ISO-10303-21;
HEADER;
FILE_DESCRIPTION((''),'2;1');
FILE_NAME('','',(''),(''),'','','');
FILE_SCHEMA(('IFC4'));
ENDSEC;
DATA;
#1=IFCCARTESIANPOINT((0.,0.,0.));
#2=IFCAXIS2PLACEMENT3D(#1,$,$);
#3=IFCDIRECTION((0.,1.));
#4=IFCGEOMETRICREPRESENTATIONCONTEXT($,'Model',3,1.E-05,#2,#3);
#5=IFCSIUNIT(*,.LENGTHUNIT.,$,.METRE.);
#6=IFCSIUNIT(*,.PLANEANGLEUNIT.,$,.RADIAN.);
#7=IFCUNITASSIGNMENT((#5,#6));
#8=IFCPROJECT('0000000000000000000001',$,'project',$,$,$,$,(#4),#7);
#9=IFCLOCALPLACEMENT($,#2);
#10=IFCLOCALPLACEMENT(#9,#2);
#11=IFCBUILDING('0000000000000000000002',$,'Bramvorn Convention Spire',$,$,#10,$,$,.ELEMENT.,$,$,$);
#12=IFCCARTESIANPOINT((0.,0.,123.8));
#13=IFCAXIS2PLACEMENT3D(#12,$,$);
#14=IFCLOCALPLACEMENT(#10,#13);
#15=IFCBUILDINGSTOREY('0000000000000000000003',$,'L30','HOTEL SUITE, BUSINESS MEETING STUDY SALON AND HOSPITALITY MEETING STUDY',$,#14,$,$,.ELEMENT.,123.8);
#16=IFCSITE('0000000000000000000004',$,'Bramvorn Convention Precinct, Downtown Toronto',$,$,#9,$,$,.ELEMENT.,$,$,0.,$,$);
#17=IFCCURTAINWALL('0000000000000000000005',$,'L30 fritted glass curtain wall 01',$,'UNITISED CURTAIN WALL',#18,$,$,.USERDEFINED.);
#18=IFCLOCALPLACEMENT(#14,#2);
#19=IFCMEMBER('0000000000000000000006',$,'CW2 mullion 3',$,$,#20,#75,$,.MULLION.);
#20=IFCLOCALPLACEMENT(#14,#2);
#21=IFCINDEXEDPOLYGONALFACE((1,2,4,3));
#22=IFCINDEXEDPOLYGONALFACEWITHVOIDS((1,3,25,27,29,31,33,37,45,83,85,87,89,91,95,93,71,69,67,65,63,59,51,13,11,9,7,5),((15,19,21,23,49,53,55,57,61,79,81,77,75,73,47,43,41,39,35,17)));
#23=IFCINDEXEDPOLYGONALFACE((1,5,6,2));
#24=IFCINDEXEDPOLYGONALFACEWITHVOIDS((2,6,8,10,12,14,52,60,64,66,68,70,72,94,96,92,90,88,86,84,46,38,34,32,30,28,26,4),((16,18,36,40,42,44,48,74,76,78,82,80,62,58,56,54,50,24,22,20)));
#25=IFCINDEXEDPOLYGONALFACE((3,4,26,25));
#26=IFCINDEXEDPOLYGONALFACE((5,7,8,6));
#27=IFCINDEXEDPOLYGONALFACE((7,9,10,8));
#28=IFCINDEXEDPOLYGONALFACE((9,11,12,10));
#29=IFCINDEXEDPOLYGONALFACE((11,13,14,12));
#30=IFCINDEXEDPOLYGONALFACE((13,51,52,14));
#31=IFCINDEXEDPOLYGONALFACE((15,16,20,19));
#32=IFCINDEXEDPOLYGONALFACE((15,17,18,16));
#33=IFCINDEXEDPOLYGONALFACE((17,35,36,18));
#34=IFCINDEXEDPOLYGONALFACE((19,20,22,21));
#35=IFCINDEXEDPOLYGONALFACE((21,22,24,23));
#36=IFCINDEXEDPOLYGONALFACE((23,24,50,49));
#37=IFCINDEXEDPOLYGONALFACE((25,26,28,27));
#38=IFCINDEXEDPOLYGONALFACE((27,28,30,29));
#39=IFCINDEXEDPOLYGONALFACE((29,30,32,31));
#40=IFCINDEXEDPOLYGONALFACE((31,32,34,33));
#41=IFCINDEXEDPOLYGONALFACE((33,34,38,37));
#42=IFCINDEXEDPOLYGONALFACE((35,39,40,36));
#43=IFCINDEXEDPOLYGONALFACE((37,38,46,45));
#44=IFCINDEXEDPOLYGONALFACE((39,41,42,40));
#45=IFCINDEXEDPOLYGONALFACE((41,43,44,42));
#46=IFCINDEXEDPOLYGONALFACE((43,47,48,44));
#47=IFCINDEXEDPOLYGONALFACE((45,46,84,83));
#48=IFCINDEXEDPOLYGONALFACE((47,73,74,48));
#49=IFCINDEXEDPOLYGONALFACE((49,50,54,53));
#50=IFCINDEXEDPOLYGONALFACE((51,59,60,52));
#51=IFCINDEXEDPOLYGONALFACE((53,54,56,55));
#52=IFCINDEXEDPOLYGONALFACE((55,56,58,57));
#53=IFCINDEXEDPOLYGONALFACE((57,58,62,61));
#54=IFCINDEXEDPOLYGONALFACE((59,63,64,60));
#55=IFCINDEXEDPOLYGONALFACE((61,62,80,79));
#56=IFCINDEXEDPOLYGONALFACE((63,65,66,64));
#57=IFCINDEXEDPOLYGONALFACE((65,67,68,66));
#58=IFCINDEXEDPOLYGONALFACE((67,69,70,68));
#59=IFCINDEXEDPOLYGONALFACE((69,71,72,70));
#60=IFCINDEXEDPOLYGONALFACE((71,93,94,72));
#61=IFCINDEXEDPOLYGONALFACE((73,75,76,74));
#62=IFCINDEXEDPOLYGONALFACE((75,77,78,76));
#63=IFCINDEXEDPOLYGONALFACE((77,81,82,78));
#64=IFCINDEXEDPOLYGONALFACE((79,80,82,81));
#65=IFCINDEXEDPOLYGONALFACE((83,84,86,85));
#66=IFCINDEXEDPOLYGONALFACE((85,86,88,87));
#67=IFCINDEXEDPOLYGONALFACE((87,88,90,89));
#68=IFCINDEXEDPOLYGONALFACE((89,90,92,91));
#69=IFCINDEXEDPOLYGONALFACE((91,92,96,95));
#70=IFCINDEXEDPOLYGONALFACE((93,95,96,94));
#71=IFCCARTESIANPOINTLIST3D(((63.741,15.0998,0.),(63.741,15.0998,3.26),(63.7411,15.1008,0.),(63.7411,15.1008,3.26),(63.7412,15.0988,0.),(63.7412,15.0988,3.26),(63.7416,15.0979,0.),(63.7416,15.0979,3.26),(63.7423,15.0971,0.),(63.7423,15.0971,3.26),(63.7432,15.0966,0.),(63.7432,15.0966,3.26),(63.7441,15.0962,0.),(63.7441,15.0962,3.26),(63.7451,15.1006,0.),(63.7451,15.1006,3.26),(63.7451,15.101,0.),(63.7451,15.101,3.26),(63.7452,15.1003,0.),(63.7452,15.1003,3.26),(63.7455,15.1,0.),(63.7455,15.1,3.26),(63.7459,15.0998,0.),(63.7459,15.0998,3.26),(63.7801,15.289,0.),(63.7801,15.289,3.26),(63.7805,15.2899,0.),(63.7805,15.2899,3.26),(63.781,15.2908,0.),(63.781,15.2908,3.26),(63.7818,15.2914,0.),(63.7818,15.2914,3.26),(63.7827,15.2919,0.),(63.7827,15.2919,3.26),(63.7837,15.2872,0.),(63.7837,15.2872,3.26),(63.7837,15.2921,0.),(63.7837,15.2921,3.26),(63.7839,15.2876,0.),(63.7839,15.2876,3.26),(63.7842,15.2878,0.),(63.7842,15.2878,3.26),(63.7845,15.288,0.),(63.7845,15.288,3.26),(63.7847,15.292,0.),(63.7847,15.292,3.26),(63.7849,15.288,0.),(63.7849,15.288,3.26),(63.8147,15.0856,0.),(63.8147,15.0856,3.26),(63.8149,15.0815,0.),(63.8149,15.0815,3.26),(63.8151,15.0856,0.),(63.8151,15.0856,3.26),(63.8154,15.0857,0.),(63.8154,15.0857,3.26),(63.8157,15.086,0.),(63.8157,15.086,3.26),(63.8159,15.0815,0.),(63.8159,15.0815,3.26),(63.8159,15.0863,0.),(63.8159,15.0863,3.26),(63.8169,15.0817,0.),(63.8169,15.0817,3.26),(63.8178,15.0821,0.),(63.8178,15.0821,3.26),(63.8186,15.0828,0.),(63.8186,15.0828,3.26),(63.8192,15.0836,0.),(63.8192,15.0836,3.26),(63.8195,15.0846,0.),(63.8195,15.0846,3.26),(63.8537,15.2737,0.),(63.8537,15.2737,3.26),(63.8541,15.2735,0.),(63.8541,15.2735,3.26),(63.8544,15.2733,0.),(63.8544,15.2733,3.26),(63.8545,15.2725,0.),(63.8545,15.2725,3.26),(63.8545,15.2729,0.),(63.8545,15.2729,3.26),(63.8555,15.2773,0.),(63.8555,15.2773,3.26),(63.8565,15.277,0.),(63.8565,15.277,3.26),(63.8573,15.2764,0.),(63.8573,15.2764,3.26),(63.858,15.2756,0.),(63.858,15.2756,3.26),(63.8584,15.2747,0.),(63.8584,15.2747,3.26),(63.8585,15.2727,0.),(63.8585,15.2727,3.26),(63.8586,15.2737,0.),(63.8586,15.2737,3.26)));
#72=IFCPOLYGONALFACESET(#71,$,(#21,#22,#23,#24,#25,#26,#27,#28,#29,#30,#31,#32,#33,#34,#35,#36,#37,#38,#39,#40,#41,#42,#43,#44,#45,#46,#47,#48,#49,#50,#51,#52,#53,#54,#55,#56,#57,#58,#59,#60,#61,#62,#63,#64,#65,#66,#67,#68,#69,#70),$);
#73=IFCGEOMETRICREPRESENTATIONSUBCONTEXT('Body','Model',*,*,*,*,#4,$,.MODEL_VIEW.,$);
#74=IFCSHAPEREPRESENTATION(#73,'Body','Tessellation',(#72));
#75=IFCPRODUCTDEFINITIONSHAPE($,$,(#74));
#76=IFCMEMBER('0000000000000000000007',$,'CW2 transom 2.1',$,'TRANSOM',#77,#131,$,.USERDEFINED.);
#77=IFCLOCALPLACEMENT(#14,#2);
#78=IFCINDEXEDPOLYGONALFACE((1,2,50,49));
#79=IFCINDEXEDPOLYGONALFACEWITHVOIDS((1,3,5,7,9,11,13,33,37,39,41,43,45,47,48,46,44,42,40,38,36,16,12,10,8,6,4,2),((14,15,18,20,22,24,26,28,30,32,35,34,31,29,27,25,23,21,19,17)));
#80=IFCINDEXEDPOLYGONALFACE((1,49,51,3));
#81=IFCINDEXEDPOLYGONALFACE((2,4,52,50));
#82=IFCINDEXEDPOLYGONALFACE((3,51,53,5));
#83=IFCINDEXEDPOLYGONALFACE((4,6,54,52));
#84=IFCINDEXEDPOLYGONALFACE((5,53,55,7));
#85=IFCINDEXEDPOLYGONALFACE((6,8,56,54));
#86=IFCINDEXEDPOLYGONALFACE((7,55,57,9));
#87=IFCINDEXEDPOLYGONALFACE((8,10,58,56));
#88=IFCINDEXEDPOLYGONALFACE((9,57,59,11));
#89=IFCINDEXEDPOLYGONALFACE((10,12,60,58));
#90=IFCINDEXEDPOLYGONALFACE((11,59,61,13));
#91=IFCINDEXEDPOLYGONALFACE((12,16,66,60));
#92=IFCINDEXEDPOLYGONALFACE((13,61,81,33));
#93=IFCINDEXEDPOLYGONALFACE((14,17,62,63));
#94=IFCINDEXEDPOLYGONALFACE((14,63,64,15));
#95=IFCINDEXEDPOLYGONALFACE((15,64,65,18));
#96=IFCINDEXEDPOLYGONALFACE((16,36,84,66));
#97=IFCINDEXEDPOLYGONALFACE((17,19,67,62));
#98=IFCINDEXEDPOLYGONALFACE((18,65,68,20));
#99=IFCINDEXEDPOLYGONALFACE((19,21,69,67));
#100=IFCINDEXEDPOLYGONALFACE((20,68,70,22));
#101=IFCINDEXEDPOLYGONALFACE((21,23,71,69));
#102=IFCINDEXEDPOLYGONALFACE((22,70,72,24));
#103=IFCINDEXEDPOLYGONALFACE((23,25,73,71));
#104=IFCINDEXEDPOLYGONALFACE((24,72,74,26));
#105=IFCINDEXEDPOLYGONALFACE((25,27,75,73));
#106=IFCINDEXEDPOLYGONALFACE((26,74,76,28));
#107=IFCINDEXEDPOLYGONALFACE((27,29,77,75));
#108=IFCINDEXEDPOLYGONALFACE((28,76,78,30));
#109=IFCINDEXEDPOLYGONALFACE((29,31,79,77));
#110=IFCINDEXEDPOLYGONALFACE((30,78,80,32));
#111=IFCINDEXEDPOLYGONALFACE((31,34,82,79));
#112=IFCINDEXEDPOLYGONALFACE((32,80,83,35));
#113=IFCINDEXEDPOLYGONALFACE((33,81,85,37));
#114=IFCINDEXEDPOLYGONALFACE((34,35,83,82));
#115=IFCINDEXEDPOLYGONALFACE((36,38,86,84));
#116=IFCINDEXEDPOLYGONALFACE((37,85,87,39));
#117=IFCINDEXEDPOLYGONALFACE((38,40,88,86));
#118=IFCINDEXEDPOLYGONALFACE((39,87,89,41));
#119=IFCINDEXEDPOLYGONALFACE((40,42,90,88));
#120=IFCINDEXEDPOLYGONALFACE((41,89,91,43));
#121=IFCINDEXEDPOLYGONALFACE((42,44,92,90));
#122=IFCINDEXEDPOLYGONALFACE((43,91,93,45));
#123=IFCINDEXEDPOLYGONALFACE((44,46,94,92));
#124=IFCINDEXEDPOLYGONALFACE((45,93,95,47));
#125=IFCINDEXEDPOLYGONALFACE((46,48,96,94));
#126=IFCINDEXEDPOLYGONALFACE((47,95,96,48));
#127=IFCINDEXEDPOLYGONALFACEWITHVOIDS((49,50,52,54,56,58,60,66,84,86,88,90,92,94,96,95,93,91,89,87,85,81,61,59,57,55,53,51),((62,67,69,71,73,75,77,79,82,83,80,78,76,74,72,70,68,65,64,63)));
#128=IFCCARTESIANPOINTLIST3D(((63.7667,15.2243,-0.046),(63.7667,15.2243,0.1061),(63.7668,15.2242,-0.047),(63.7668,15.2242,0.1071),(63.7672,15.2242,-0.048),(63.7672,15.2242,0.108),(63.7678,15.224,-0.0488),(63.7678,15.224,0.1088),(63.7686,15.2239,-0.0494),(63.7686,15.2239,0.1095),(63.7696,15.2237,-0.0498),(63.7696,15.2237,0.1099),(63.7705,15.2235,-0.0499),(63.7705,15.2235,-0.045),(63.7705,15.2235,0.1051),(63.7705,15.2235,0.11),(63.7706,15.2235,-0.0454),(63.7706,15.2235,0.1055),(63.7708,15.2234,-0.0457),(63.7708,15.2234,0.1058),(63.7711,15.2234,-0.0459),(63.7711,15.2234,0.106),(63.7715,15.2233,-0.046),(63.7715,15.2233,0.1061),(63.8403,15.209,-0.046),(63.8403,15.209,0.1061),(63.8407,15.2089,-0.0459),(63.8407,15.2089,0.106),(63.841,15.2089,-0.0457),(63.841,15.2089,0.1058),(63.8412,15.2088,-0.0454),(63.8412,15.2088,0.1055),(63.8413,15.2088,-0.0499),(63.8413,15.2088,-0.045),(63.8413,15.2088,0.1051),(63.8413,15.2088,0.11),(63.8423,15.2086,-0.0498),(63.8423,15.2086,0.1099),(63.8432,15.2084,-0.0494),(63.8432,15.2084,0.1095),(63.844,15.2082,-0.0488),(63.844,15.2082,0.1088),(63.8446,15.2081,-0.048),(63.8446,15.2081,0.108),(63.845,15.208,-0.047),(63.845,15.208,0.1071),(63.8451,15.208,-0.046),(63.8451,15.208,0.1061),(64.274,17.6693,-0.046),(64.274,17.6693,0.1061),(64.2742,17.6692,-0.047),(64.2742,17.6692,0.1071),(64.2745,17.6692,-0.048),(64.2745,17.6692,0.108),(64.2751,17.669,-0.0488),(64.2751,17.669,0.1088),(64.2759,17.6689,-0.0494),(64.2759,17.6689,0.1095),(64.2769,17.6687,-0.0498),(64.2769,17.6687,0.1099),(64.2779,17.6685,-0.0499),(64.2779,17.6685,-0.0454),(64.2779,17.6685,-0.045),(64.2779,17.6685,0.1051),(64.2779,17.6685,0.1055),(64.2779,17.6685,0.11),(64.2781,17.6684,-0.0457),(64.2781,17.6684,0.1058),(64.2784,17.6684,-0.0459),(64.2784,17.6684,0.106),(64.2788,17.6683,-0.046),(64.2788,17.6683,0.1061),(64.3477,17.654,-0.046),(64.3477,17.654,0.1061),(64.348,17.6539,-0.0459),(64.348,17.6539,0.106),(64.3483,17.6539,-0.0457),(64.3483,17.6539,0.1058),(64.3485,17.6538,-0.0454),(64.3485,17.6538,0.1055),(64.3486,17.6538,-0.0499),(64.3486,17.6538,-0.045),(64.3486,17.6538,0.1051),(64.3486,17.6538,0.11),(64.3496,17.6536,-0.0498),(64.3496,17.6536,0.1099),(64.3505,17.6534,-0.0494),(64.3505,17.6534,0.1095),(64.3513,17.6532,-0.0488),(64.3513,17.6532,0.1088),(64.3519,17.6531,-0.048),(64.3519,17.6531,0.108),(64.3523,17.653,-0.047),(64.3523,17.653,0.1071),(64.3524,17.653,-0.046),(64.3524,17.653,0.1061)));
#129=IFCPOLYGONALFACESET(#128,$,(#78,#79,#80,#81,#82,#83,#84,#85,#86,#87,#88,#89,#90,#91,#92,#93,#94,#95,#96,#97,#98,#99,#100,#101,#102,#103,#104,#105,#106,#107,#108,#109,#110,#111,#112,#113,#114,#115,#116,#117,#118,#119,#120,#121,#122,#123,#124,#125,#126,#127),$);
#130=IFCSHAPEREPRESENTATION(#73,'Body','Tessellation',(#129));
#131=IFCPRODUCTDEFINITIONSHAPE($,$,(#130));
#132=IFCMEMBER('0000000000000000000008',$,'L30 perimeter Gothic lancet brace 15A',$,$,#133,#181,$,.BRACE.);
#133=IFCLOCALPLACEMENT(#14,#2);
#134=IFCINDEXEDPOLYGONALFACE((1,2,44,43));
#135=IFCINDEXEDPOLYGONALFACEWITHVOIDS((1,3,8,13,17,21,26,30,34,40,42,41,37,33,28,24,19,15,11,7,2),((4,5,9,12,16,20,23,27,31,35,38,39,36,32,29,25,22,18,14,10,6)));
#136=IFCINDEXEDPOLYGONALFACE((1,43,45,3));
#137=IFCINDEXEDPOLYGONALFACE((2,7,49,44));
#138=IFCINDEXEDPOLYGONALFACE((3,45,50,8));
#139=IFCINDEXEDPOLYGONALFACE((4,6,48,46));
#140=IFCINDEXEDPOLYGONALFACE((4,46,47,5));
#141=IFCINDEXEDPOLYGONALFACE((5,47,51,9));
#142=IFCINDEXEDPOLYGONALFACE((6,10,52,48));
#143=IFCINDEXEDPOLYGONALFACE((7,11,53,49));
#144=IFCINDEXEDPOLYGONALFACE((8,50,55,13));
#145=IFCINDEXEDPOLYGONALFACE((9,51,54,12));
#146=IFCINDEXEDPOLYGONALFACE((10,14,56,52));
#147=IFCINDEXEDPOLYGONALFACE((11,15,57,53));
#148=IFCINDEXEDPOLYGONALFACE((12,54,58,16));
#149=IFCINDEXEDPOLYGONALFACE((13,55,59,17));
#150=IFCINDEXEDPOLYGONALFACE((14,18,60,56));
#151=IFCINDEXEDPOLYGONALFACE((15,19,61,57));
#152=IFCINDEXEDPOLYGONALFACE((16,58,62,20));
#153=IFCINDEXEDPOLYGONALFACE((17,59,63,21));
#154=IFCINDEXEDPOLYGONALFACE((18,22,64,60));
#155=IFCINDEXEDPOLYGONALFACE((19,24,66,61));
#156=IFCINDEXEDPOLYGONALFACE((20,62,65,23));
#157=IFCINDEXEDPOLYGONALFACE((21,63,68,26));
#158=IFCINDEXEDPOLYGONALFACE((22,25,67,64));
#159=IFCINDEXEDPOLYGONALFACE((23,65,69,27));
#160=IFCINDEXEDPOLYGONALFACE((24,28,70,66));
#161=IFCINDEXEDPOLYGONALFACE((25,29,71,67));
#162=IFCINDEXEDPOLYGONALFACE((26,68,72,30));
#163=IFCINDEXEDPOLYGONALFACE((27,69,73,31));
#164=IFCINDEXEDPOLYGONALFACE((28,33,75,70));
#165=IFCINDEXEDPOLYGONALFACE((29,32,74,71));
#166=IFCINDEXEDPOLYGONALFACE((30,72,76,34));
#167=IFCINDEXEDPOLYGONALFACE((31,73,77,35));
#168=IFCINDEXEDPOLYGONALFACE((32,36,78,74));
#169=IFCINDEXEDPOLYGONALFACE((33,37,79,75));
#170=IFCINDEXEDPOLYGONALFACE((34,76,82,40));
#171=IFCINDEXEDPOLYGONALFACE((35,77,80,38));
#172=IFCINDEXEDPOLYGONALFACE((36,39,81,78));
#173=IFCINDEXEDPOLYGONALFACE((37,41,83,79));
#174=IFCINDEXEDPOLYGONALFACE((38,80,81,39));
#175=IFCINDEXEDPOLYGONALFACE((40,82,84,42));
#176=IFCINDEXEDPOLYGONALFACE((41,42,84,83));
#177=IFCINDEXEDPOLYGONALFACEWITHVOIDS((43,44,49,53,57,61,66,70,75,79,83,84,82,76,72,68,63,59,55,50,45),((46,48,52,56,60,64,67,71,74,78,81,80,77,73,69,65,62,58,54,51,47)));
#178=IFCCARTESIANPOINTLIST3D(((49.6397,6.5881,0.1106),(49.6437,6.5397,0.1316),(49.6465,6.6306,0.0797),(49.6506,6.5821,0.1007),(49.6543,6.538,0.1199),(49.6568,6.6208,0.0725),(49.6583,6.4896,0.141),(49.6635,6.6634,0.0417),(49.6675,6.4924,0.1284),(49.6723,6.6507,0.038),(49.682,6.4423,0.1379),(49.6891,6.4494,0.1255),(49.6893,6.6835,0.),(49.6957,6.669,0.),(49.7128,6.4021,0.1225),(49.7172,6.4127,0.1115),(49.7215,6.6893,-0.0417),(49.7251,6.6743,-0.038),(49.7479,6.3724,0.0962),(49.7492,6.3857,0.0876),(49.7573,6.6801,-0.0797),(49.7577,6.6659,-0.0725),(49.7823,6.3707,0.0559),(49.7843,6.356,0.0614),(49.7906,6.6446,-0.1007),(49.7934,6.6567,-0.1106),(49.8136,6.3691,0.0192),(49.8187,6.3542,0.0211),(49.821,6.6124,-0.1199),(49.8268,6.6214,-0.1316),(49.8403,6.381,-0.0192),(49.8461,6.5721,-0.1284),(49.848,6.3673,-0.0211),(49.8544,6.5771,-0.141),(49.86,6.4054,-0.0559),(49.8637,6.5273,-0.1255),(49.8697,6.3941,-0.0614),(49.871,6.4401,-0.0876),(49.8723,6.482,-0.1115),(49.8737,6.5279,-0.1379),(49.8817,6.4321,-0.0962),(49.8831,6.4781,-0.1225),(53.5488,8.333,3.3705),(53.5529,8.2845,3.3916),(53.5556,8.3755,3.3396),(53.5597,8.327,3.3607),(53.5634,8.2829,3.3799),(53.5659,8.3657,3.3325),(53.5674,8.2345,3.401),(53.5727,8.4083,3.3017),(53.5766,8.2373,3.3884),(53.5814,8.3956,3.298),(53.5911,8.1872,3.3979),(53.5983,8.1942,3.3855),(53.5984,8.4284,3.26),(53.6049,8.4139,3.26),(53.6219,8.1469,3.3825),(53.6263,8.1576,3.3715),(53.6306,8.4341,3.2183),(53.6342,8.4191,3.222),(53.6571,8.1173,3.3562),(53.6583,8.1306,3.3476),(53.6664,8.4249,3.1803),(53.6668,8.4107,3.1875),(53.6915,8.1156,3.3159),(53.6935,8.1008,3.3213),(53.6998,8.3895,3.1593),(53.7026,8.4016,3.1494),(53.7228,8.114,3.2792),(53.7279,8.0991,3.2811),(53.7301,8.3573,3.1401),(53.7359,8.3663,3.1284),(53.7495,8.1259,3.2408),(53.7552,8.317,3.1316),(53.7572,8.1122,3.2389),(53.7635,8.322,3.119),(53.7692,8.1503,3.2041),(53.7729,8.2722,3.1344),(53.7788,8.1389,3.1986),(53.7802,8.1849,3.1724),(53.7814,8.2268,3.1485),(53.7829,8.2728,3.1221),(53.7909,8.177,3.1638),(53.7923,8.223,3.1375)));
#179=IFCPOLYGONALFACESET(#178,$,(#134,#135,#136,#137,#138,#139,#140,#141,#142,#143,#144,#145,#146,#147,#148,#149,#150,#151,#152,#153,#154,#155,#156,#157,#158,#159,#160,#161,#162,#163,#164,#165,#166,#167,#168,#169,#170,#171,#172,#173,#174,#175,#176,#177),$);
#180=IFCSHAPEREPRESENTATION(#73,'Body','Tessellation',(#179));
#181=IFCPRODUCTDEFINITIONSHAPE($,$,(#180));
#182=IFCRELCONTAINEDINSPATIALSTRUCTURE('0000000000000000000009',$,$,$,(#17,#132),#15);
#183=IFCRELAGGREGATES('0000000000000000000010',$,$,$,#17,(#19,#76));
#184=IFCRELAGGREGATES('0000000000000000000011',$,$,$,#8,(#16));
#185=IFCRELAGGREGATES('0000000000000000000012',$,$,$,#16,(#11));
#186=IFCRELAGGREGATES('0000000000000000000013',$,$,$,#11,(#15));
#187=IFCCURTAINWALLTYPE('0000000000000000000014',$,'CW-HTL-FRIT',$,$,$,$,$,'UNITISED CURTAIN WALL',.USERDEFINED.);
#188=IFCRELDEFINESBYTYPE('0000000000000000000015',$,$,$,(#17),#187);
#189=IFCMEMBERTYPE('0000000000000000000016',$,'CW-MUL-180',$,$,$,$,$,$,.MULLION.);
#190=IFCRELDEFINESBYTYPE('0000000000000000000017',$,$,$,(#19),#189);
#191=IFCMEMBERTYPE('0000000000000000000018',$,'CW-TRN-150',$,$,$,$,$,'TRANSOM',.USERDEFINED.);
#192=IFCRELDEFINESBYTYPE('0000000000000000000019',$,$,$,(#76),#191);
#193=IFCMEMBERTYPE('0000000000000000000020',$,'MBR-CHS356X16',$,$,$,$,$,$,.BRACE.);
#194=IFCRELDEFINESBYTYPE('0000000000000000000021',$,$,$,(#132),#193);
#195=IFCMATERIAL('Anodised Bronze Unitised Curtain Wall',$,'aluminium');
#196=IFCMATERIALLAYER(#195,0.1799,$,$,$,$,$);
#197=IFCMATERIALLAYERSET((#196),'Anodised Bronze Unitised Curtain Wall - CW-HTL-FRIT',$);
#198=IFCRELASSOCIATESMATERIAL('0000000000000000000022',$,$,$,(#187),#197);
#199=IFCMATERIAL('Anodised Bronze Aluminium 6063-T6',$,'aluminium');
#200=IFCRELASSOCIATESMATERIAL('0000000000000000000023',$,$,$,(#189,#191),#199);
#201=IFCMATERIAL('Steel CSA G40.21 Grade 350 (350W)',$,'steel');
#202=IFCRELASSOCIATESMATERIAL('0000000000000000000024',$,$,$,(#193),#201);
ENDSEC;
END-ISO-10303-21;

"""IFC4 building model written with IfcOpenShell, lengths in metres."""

from ifc_helpers import new_model, si_unit, direction, frame, origin, origin_2d, place, context, subcontext, project, spatial, hollow_rectangle, hollow_circle, extrude, material, layer, layer_set, material_profile, profile_set, type_object, element, aggregate, save


model = new_model("IFC4")

# Units and contexts
model_context = context("Model", 3, precision=1e-05, world=origin(), true_north=direction((0.0, 1.0)))
body_context = subcontext(model_context, "Body", "Model", "MODEL_VIEW")
ifc_project = project(units=[si_unit("LENGTHUNIT", "METRE"), si_unit("PLANEANGLEUNIT", "RADIAN")], contexts=[model_context])

# Site, building, storey
site_placement = place(None, origin())
site = spatial("IfcSite", under=ifc_project, at=site_placement, Name="Bramvorn Convention Precinct, Downtown Toronto", CompositionType="ELEMENT", RefElevation=0.0)
building_placement = place(site_placement, origin())
building = spatial("IfcBuilding", under=site, at=building_placement, Name="Bramvorn Convention Spire", CompositionType="ELEMENT")
storey_placement = place(building_placement, frame((0.0, 0.0, 123.8)))
storey = spatial("IfcBuildingStorey", under=building, at=storey_placement, Name="L30", Description="HOTEL SUITE, BUSINESS MEETING STUDY SALON AND HOSPITALITY MEETING STUDY", CompositionType="ELEMENT", Elevation=123.8)

# Shared definitions
ifc_material_1 = material(Name="Steel CSA G40.21 Grade 350 (350W)", Category="steel")

# Curtain wall, members
ifc_material_2 = material(Name="Anodised Bronze Unitised Curtain Wall", Category="aluminium")
ifc_layer_1 = layer(ifc_material_2, 0.1799)
ifc_layer_set_1 = layer_set([ifc_layer_1], Name="Anodised Bronze Unitised Curtain Wall - CW-HTL-FRIT")
curtain_wall_type = type_object("IfcCurtainWallType", Name="CW-HTL-FRIT", ElementType="UNITISED CURTAIN WALL", PredefinedType="USERDEFINED", material=ifc_layer_set_1)
curtain_wall_placement = place(storey_placement, origin())
curtain_wall = element("IfcCurtainWall", 1, at=curtain_wall_placement, inside=storey, type_object=curtain_wall_type, Name="L30 fritted glass curtain wall 01", ObjectType="UNITISED CURTAIN WALL", PredefinedType="USERDEFINED")
ifc_material_3 = material(Name="Anodised Bronze Aluminium 6063-T6", Category="aluminium")
ifc_material_profile_1 = material_profile(ifc_material_3, hollow_rectangle(XDim=0.0801, YDim=0.2, WallThickness=0.0039, InnerFilletRadius=0.001, OuterFilletRadius=0.0039, at=origin_2d()))
ifc_profile_set_1 = profile_set([ifc_material_profile_1], Name="Anodised Bronze Aluminium 6063-T6 - CWM80X200")
member_type_1 = type_object("IfcMemberType", Name="CW-MUL-180", PredefinedType="MULLION", material=ifc_profile_set_1)
member_1_placement = place(storey_placement, frame((63.7998, 15.1868, 0.0), z_axis=(0.0, 0.0, 1.0), x_axis=(0.979147, -0.203154, 0.0)))
member_1 = element("IfcMember", 2, at=member_1_placement, type_object=member_type_1, Name="CW2 mullion 3", PredefinedType="MULLION", context=body_context, shape_type="SweptSolid", body=[
    extrude(hollow_rectangle(XDim=0.0801, YDim=0.2, WallThickness=0.0039, InnerFilletRadius=0.001, OuterFilletRadius=0.0039, at=origin_2d()), origin(), (0.0, 0.0, 1.0), 3.26),
])
ifc_material_profile_2 = material_profile(ifc_material_3, hollow_rectangle(XDim=0.0801, YDim=0.1599, WallThickness=0.0039, InnerFilletRadius=0.001, OuterFilletRadius=0.0039, at=origin_2d()))
ifc_profile_set_2 = profile_set([ifc_material_profile_2], Name="Anodised Bronze Aluminium 6063-T6 - CWT80X160")
member_type_2 = type_object("IfcMemberType", Name="CW-TRN-150", ElementType="TRANSOM", PredefinedType="USERDEFINED", material=ifc_profile_set_2)
member_2_placement = place(storey_placement, frame((64.3132, 17.6611, 0.03), z_axis=(-0.203162, -0.979145, 0.0), x_axis=(0.979145, -0.203162, 0.0)))
member_2 = element("IfcMember", 3, at=member_2_placement, type_object=member_type_2, Name="CW2 transom 2.1", ObjectType="TRANSOM", PredefinedType="USERDEFINED", context=body_context, shape_type="SweptSolid", body=[
    extrude(hollow_rectangle(XDim=0.0801, YDim=0.1599, WallThickness=0.0039, InnerFilletRadius=0.001, OuterFilletRadius=0.0039, at=origin_2d()), origin(), (0.0, 0.0, 1.0), 2.4971),
])

# Member
ifc_material_profile_3 = material_profile(ifc_material_1, hollow_circle(Radius=0.1777, WallThickness=0.0159, at=origin_2d()))
ifc_profile_set_3 = profile_set([ifc_material_profile_3], Name="Steel CSA G40.21 Grade 350 (350W) - CHS356X16")
member_type_3 = type_object("IfcMemberType", Name="MBR-CHS356X16", PredefinedType="BRACE", material=ifc_profile_set_3)
member_3_placement = place(storey_placement, frame((49.7617, 6.5212, 0.0), z_axis=(0.726494, 0.324272, 0.60585), x_axis=(-0.407593, 0.913164, 0.0)))
element("IfcMember", 4, at=member_3_placement, inside=storey, type_object=member_type_3, Name="L30 perimeter Gothic lancet brace 15A", PredefinedType="BRACE", context=body_context, shape_type="SweptSolid", body=[
    extrude(hollow_circle(Radius=0.1777, WallThickness=0.0159, at=origin_2d()), origin(), (0.0, 0.0, 1.0), 5.3809),
])

aggregate(curtain_wall, [member_1, member_2])

save(model, "model.ifc")
